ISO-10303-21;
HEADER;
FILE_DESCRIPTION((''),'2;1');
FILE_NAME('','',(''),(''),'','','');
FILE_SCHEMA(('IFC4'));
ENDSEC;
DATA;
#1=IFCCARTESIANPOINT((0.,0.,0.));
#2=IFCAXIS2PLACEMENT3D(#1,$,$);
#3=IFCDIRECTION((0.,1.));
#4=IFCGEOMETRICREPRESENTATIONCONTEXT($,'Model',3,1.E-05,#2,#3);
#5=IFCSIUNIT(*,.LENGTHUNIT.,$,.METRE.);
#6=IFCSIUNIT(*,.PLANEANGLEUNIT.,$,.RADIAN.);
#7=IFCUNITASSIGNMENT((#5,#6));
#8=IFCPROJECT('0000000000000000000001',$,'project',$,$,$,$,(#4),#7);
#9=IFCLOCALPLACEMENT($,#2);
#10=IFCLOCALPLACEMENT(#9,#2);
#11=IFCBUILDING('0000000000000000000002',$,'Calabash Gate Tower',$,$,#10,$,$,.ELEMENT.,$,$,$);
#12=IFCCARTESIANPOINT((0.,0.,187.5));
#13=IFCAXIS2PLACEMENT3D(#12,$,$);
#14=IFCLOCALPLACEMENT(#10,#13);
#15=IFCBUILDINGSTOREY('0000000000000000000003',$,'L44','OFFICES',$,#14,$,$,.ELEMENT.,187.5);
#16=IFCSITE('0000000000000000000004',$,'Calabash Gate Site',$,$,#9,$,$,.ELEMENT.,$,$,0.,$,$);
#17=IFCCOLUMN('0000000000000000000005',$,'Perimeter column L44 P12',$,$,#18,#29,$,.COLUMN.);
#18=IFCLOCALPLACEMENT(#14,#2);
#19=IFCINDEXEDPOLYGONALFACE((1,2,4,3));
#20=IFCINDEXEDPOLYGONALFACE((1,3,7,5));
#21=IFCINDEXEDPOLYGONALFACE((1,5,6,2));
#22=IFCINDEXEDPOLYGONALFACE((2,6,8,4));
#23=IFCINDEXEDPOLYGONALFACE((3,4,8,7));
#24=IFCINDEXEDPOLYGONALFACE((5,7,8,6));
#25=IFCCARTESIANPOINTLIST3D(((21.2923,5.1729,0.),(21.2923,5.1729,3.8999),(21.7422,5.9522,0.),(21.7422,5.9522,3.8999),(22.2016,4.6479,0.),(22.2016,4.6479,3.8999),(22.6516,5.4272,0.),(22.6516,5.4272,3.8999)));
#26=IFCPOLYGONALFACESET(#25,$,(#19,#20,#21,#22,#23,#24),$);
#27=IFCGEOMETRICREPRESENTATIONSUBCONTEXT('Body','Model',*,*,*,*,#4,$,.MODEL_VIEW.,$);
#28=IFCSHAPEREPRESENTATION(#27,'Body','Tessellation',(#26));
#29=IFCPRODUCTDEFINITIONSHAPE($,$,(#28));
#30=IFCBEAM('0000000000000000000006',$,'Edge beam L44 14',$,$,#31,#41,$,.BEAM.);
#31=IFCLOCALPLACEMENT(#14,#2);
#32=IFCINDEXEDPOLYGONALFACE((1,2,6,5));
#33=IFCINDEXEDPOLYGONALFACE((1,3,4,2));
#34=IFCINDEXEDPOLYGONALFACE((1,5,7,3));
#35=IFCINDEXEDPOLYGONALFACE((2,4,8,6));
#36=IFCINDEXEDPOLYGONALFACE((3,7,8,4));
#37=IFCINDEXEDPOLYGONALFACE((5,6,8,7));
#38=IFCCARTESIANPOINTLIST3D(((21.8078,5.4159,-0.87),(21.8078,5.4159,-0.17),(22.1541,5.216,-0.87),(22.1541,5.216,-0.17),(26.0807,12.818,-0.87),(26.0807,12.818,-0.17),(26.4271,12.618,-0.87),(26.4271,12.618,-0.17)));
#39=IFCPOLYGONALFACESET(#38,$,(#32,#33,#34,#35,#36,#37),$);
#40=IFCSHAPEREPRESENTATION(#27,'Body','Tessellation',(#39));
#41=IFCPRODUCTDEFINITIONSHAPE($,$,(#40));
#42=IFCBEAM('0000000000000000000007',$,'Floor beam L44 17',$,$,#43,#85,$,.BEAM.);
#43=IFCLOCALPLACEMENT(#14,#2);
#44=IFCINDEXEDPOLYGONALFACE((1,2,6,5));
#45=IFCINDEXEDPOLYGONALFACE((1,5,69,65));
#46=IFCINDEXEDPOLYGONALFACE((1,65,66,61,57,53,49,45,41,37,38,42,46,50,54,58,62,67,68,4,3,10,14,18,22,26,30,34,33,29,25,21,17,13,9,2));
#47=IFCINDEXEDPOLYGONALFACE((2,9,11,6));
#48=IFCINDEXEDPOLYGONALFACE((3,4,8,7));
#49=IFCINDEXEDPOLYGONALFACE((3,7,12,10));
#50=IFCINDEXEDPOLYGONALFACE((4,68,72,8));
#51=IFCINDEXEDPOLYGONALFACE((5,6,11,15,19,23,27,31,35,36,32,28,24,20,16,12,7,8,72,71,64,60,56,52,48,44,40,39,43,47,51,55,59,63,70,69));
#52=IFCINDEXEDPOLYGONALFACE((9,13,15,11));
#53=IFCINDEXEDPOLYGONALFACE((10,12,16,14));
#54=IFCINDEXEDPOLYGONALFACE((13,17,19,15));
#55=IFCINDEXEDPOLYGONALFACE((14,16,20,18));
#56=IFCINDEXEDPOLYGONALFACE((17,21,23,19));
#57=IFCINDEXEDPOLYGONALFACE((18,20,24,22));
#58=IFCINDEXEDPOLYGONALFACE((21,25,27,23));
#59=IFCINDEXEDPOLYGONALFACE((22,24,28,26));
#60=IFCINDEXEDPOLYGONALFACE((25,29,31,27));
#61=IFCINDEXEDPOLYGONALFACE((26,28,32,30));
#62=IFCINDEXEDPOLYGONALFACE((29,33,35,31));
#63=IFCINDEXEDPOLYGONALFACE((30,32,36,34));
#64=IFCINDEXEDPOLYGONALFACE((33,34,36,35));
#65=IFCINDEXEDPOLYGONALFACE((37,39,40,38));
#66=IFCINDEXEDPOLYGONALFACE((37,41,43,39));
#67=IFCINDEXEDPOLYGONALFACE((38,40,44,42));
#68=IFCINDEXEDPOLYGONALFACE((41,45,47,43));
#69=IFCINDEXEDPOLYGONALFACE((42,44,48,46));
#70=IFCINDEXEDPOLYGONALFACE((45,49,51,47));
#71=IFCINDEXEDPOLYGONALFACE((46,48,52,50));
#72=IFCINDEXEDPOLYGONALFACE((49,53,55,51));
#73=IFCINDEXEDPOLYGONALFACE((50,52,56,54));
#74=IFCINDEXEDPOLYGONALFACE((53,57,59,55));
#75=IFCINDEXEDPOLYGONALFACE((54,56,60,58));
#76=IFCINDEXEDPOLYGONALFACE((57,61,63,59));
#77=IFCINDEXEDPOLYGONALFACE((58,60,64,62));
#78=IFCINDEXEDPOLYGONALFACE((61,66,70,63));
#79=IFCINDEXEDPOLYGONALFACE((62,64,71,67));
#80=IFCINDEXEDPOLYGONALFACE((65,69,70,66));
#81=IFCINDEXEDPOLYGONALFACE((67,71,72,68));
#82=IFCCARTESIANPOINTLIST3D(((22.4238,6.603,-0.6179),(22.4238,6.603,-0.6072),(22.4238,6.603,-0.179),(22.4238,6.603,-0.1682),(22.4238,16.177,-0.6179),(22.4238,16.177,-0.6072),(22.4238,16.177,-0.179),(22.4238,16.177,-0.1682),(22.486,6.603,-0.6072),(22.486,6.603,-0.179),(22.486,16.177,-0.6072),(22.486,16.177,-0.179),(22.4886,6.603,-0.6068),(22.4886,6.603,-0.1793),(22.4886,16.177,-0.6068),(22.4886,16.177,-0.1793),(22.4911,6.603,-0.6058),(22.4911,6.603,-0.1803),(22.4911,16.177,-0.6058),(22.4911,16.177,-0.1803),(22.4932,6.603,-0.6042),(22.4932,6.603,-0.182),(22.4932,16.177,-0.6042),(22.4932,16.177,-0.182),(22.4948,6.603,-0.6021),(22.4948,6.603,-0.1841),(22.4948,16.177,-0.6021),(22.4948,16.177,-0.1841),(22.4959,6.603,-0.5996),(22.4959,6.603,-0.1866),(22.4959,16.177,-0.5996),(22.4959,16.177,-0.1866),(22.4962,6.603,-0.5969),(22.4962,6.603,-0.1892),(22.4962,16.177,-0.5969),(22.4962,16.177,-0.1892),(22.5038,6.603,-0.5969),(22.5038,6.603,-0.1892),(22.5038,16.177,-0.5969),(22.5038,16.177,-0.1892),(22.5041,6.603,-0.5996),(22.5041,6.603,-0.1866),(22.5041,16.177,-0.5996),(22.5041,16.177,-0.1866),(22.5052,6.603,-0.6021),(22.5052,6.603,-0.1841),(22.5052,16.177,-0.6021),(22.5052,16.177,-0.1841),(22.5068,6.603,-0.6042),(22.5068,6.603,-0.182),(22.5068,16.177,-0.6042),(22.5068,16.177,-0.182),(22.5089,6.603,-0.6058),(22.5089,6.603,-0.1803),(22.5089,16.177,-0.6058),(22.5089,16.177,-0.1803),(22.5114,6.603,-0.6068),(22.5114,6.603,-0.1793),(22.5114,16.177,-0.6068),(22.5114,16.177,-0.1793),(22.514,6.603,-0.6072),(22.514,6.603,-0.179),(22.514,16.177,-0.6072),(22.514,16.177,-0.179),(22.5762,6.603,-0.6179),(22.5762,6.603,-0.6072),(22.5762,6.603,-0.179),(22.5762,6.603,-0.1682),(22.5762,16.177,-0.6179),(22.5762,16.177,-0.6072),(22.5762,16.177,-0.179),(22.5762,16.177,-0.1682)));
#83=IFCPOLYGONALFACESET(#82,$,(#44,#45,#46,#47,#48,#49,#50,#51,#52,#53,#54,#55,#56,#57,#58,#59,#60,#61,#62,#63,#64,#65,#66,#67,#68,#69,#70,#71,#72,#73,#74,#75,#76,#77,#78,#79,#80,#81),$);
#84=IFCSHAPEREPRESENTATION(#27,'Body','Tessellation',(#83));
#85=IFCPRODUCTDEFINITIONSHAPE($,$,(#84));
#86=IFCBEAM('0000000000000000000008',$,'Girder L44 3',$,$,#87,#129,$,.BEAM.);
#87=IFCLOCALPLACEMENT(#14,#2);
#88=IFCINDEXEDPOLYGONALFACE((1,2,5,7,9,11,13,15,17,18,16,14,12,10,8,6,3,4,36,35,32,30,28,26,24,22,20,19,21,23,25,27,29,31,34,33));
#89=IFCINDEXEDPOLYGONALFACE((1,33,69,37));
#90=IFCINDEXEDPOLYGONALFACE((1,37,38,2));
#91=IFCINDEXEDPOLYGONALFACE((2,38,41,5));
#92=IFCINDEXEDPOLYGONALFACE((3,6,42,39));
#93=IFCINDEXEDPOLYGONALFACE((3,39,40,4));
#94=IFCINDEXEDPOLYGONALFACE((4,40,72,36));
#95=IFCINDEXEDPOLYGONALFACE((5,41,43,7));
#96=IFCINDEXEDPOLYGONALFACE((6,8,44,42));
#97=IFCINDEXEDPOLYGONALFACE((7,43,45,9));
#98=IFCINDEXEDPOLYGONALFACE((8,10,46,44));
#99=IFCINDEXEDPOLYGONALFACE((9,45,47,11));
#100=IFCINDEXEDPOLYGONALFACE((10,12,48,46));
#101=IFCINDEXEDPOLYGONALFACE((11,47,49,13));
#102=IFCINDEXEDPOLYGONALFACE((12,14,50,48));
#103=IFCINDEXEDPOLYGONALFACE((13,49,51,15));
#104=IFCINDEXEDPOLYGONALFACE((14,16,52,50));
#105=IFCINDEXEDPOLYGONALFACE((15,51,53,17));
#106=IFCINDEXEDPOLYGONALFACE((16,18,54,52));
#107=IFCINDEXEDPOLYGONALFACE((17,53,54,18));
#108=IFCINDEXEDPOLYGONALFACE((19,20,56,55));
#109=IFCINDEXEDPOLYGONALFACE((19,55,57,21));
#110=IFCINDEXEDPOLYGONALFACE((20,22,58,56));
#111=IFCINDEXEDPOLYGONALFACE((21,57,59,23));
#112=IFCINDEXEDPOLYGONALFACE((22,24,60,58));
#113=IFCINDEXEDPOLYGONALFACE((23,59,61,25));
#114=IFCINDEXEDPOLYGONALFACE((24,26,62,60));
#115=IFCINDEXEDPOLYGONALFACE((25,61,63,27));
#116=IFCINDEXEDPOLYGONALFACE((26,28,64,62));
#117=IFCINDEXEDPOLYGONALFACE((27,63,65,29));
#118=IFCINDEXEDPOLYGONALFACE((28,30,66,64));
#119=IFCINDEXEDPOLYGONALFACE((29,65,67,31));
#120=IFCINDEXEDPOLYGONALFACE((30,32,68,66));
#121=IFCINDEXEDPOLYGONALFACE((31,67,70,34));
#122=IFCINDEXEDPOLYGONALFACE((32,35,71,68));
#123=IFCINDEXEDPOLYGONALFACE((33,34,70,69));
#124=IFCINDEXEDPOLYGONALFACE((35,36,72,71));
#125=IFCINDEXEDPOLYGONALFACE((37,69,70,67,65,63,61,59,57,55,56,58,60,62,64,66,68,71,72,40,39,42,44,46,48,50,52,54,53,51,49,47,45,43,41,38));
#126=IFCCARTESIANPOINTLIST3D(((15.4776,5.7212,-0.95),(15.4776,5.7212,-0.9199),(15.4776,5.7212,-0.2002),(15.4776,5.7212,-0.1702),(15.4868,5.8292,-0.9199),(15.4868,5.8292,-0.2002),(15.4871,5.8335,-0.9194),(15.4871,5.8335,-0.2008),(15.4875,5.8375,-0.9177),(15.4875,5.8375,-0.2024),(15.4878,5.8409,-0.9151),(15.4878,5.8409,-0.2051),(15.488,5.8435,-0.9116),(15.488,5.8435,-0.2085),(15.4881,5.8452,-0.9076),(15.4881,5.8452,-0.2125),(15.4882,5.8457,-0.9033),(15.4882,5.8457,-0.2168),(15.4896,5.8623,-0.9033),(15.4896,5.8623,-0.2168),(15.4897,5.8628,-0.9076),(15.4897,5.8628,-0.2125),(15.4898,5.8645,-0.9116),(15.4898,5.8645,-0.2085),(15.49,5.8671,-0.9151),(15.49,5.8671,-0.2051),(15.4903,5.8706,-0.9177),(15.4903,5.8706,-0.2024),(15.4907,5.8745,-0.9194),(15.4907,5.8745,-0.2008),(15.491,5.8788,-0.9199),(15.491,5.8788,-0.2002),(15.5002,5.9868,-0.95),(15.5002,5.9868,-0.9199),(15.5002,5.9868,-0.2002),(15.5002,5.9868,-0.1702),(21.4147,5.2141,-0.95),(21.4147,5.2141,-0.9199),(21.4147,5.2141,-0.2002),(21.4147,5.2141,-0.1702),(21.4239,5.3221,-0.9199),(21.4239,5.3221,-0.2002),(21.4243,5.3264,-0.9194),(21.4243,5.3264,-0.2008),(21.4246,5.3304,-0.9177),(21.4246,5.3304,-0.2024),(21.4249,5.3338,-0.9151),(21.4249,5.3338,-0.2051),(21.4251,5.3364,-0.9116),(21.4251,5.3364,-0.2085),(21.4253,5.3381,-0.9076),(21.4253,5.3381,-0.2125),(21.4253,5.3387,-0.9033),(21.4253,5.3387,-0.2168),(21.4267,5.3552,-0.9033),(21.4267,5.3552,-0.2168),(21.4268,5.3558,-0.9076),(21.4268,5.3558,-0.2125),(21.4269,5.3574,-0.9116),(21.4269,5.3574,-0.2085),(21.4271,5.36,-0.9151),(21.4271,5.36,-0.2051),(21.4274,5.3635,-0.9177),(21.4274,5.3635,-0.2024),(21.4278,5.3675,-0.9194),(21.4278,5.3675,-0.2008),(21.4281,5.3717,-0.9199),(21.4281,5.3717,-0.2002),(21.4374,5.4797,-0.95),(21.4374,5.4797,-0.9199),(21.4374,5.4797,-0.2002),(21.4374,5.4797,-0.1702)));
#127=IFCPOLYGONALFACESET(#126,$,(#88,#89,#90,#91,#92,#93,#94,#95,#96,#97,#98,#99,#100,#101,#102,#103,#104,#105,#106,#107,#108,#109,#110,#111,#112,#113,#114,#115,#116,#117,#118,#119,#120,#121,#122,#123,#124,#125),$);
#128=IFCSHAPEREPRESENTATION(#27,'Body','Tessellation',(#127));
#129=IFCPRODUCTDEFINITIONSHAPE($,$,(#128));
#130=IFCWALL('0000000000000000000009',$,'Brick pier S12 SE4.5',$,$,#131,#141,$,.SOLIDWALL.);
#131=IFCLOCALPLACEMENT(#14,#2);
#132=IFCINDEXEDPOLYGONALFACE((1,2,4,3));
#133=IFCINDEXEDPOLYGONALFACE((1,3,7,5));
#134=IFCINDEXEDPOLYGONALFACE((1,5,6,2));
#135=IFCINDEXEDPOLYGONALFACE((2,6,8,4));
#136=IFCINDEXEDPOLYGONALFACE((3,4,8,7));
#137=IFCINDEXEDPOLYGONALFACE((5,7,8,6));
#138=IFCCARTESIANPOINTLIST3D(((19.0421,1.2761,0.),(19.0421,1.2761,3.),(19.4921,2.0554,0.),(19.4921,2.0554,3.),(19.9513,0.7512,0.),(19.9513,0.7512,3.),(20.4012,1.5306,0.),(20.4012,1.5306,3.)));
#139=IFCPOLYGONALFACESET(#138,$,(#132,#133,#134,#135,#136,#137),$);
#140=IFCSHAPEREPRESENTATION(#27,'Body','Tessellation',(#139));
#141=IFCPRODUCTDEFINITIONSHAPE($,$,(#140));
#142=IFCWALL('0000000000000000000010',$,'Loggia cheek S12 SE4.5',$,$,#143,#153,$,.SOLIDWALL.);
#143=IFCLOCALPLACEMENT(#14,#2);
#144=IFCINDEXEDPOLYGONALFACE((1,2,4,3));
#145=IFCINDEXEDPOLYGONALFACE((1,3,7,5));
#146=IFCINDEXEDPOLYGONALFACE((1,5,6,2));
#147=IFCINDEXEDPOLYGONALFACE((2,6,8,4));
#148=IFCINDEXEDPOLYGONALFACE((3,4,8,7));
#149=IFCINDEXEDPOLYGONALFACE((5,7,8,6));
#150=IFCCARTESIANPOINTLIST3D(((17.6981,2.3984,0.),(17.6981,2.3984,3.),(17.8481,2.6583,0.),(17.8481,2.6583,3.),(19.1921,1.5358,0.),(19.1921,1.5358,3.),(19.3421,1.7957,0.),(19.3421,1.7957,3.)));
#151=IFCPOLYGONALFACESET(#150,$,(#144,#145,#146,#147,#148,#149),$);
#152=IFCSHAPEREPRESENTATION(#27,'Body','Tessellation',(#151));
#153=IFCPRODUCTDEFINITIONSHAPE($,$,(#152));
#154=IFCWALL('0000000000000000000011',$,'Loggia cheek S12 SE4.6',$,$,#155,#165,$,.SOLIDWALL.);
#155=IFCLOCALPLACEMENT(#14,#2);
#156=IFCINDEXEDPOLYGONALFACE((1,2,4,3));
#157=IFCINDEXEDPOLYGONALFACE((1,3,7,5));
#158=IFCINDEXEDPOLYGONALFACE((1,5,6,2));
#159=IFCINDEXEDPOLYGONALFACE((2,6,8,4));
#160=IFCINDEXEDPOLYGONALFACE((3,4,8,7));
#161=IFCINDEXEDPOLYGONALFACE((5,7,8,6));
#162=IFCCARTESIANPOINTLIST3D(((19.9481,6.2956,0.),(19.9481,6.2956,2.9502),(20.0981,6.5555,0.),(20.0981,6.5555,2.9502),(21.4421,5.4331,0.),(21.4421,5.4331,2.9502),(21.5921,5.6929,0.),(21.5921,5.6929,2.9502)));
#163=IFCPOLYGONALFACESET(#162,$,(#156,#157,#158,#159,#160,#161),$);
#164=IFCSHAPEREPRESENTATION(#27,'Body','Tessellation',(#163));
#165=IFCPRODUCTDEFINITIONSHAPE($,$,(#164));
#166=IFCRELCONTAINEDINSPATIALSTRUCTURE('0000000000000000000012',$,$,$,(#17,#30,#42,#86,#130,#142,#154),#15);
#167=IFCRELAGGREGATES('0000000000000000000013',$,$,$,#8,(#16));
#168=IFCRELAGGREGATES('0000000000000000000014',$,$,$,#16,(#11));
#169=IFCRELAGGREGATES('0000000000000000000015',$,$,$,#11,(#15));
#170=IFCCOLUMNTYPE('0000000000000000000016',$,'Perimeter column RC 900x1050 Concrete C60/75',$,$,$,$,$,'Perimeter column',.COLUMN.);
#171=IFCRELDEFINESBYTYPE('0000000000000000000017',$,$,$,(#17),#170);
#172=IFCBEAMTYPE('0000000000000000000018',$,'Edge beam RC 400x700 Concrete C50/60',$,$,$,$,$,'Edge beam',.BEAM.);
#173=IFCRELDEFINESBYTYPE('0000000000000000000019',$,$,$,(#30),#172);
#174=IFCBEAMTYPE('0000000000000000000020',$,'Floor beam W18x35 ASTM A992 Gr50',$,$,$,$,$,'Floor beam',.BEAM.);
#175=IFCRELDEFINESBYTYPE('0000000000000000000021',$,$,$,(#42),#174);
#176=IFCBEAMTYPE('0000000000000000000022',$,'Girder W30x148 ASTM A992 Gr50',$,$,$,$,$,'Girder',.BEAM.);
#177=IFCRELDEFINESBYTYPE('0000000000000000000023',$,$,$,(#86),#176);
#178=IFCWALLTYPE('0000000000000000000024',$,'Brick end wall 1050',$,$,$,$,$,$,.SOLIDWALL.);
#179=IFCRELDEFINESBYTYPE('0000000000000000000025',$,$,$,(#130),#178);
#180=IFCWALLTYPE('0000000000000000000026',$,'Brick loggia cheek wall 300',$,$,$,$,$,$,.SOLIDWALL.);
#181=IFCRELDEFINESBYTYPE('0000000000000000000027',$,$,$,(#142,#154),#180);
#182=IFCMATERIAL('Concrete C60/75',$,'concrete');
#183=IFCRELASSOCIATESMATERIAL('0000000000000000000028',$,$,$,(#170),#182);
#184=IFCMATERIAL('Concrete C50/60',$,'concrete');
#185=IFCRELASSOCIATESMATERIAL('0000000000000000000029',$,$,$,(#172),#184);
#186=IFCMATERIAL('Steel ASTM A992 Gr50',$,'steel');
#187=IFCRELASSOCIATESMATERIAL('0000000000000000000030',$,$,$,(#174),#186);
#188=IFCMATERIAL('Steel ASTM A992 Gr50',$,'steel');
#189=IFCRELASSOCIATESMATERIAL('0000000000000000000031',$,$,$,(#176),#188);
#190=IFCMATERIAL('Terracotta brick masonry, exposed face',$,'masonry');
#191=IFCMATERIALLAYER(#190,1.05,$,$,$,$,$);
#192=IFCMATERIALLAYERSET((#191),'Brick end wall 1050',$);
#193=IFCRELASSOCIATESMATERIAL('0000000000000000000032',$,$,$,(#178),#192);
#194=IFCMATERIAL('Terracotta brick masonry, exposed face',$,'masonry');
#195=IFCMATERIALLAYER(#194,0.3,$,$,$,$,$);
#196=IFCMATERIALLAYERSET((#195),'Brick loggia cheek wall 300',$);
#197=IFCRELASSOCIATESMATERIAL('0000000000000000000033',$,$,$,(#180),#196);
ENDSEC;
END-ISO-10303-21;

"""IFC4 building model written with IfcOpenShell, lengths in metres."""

from ifc_helpers import new_model, si_unit, direction, frame, frame_2d, origin, origin_2d, place, context, subcontext, project, spatial, rectangle, i_section, extrude, material, layer, layer_set, material_profile, profile_set, type_object, element, save


model = new_model("IFC4")

# Units and contexts
model_context = context("Model", 3, precision=1e-05, world=origin(), true_north=direction((0.0, 1.0)))
body_context = subcontext(model_context, "Body", "Model", "MODEL_VIEW")
ifc_project = project(units=[si_unit("LENGTHUNIT", "METRE"), si_unit("PLANEANGLEUNIT", "RADIAN")], contexts=[model_context])

# Site, building, storey
site_placement = place(None, origin())
site = spatial("IfcSite", under=ifc_project, at=site_placement, Name="Calabash Gate Site", CompositionType="ELEMENT", RefElevation=0.0)
building_placement = place(site_placement, origin())
building = spatial("IfcBuilding", under=site, at=building_placement, Name="Calabash Gate Tower", CompositionType="ELEMENT")
storey_placement = place(building_placement, frame((0.0, 0.0, 187.5)))
storey = spatial("IfcBuildingStorey", under=building, at=storey_placement, Name="L44", Description="OFFICES", CompositionType="ELEMENT", Elevation=187.5)

# Column
ifc_material_1 = material(Name="Concrete C60/75", Category="concrete")
ifc_material_profile_1 = material_profile(ifc_material_1, rectangle(XDim=0.8999, YDim=1.05, at=origin_2d()))
ifc_profile_set_1 = profile_set([ifc_material_profile_1], Name="Concrete C60/75")
column_type = type_object("IfcColumnType", Name="Perimeter column RC 900x1050 Concrete C60/75", ElementType="Perimeter column", PredefinedType="COLUMN", material=ifc_profile_set_1)
column_placement = place(storey_placement, frame((21.9719, 5.3, 0.0), z_axis=(0.0, 0.0, 1.0), x_axis=(0.5, 0.866025, 0.0)))
element("IfcColumn", 1, at=column_placement, inside=storey, type_object=column_type, Name="Perimeter column L44 P12", PredefinedType="COLUMN", context=body_context, shape_type="SweptSolid", body=[
    extrude(rectangle(XDim=0.8999, YDim=1.05, at=origin_2d()), origin(), (0.0, 0.0, 1.0), 3.8999),
])

# Beams
ifc_material_2 = material(Name="Concrete C50/60", Category="concrete")
ifc_material_profile_2 = material_profile(ifc_material_2, rectangle(XDim=0.3999, YDim=0.7, at=origin_2d()))
ifc_profile_set_2 = profile_set([ifc_material_profile_2], Name="Concrete C50/60")
beam_type_1 = type_object("IfcBeamType", Name="Edge beam RC 400x700 Concrete C50/60", ElementType="Edge beam", PredefinedType="BEAM", material=ifc_profile_set_2)
beam_1_placement = place(storey_placement, frame((21.981, 5.3159, -0.52), z_axis=(0.499943, 0.866059, 0.0), x_axis=(-0.866059, 0.499943, 0.0)))
element("IfcBeam", 2, at=beam_1_placement, inside=storey, type_object=beam_type_1, Name="Edge beam L44 14", PredefinedType="BEAM", context=body_context, shape_type="SweptSolid", body=[
    extrude(rectangle(XDim=0.3999, YDim=0.7, at=origin_2d()), origin(), (0.0, 0.0, 1.0), 8.5469),
])
ifc_material_3 = material(Name="Steel ASTM A992 Gr50", Category="steel")
ifc_material_profile_3 = material_profile(ifc_material_3, i_section(OverallWidth=0.1523, OverallDepth=0.4497, WebThickness=0.0076, FlangeThickness=0.0107, FilletRadius=0.0103, at=origin_2d()))
ifc_profile_set_3 = profile_set([ifc_material_profile_3], Name="Steel ASTM A992 Gr50")
beam_type_2 = type_object("IfcBeamType", Name="Floor beam W18x35 ASTM A992 Gr50", ElementType="Floor beam", PredefinedType="BEAM", material=ifc_profile_set_3)
beam_2_placement = place(storey_placement, frame((22.5, 6.603, -0.3931), z_axis=(0.0, 1.0, 0.0), x_axis=(-1.0, 0.0, 0.0)))
element("IfcBeam", 3, at=beam_2_placement, inside=storey, type_object=beam_type_2, Name="Floor beam L44 17", PredefinedType="BEAM", context=body_context, shape_type="SweptSolid", body=[
    extrude(i_section(OverallWidth=0.1523, OverallDepth=0.4497, WebThickness=0.0076, FlangeThickness=0.0107, FilletRadius=0.0103, at=origin_2d()), origin(), (0.0, 0.0, 1.0), 9.574),
])
ifc_material_4 = material(Name="Steel ASTM A992 Gr50", Category="steel")
ifc_material_profile_4 = material_profile(ifc_material_4, i_section(OverallWidth=0.2666, OverallDepth=0.7798, WebThickness=0.0166, FlangeThickness=0.03, FilletRadius=0.0166, at=origin_2d()))
ifc_profile_set_4 = profile_set([ifc_material_profile_4], Name="Steel ASTM A992 Gr50")
beam_type_3 = type_object("IfcBeamType", Name="Girder W30x148 ASTM A992 Gr50", ElementType="Girder", PredefinedType="BEAM", material=ifc_profile_set_4)
beam_3_placement = place(storey_placement, frame((21.426, 5.3469, -0.5601), z_axis=(-0.996372, 0.0851, 0.0), x_axis=(-0.0851, -0.996372, 0.0)))
element("IfcBeam", 4, at=beam_3_placement, inside=storey, type_object=beam_type_3, Name="Girder L44 3", PredefinedType="BEAM", context=body_context, shape_type="SweptSolid", body=[
    extrude(i_section(OverallWidth=0.2666, OverallDepth=0.7798, WebThickness=0.0166, FlangeThickness=0.03, FilletRadius=0.0166, at=origin_2d()), origin(), (0.0, 0.0, 1.0), 5.9587),
])

# Walls
ifc_material_5 = material(Name="Terracotta brick masonry, exposed face", Category="masonry")
ifc_layer_1 = layer(ifc_material_5, 1.05)
ifc_layer_set_1 = layer_set([ifc_layer_1], Name="Brick end wall 1050")
wall_type_1 = type_object("IfcWallType", Name="Brick end wall 1050", PredefinedType="SOLIDWALL", material=ifc_layer_set_1)
wall_1_placement = place(storey_placement, frame((19.2671, 1.6658, 0.0), z_axis=(0.0, 0.0, 1.0), x_axis=(0.866031, -0.499991, 0.0)))
element("IfcWall", 5, at=wall_1_placement, inside=storey, type_object=wall_type_1, Name="Brick pier S12 SE4.5", PredefinedType="SOLIDWALL", context=body_context, shape_type="SweptSolid", body=[
    extrude(rectangle(XDim=1.0498, YDim=0.8999, at=frame_2d((0.5249, 0.0))), origin(), (0.0, 0.0, 1.0), 3.0),
])
ifc_material_6 = material(Name="Terracotta brick masonry, exposed face", Category="masonry")
ifc_layer_2 = layer(ifc_material_6, 0.3)
ifc_layer_set_2 = layer_set([ifc_layer_2], Name="Brick loggia cheek wall 300")
wall_type_2 = type_object("IfcWallType", Name="Brick loggia cheek wall 300", PredefinedType="SOLIDWALL", material=ifc_layer_set_2)
wall_2_placement = place(storey_placement, frame((19.2671, 1.6658, 0.0), z_axis=(0.0, 0.0, 1.0), x_axis=(-0.866014, 0.500021, 0.0)))
element("IfcWall", 6, at=wall_2_placement, inside=storey, type_object=wall_type_2, Name="Loggia cheek S12 SE4.5", PredefinedType="SOLIDWALL", context=body_context, shape_type="SweptSolid", body=[
    extrude(rectangle(XDim=1.7251, YDim=0.3, at=frame_2d((0.8625, 0.0))), origin(), (0.0, 0.0, 1.0), 3.0),
])
wall_3_placement = place(storey_placement, frame((21.5171, 5.563, 0.0), z_axis=(0.0, 0.0, 1.0), x_axis=(-0.866014, 0.500021, 0.0)))
element("IfcWall", 7, at=wall_3_placement, inside=storey, type_object=wall_type_2, Name="Loggia cheek S12 SE4.6", PredefinedType="SOLIDWALL", context=body_context, shape_type="SweptSolid", body=[
    extrude(rectangle(XDim=1.7251, YDim=0.3, at=frame_2d((0.8625, 0.0))), origin(), (0.0, 0.0, 1.0), 2.9502),
])

save(model, "model.ifc")
